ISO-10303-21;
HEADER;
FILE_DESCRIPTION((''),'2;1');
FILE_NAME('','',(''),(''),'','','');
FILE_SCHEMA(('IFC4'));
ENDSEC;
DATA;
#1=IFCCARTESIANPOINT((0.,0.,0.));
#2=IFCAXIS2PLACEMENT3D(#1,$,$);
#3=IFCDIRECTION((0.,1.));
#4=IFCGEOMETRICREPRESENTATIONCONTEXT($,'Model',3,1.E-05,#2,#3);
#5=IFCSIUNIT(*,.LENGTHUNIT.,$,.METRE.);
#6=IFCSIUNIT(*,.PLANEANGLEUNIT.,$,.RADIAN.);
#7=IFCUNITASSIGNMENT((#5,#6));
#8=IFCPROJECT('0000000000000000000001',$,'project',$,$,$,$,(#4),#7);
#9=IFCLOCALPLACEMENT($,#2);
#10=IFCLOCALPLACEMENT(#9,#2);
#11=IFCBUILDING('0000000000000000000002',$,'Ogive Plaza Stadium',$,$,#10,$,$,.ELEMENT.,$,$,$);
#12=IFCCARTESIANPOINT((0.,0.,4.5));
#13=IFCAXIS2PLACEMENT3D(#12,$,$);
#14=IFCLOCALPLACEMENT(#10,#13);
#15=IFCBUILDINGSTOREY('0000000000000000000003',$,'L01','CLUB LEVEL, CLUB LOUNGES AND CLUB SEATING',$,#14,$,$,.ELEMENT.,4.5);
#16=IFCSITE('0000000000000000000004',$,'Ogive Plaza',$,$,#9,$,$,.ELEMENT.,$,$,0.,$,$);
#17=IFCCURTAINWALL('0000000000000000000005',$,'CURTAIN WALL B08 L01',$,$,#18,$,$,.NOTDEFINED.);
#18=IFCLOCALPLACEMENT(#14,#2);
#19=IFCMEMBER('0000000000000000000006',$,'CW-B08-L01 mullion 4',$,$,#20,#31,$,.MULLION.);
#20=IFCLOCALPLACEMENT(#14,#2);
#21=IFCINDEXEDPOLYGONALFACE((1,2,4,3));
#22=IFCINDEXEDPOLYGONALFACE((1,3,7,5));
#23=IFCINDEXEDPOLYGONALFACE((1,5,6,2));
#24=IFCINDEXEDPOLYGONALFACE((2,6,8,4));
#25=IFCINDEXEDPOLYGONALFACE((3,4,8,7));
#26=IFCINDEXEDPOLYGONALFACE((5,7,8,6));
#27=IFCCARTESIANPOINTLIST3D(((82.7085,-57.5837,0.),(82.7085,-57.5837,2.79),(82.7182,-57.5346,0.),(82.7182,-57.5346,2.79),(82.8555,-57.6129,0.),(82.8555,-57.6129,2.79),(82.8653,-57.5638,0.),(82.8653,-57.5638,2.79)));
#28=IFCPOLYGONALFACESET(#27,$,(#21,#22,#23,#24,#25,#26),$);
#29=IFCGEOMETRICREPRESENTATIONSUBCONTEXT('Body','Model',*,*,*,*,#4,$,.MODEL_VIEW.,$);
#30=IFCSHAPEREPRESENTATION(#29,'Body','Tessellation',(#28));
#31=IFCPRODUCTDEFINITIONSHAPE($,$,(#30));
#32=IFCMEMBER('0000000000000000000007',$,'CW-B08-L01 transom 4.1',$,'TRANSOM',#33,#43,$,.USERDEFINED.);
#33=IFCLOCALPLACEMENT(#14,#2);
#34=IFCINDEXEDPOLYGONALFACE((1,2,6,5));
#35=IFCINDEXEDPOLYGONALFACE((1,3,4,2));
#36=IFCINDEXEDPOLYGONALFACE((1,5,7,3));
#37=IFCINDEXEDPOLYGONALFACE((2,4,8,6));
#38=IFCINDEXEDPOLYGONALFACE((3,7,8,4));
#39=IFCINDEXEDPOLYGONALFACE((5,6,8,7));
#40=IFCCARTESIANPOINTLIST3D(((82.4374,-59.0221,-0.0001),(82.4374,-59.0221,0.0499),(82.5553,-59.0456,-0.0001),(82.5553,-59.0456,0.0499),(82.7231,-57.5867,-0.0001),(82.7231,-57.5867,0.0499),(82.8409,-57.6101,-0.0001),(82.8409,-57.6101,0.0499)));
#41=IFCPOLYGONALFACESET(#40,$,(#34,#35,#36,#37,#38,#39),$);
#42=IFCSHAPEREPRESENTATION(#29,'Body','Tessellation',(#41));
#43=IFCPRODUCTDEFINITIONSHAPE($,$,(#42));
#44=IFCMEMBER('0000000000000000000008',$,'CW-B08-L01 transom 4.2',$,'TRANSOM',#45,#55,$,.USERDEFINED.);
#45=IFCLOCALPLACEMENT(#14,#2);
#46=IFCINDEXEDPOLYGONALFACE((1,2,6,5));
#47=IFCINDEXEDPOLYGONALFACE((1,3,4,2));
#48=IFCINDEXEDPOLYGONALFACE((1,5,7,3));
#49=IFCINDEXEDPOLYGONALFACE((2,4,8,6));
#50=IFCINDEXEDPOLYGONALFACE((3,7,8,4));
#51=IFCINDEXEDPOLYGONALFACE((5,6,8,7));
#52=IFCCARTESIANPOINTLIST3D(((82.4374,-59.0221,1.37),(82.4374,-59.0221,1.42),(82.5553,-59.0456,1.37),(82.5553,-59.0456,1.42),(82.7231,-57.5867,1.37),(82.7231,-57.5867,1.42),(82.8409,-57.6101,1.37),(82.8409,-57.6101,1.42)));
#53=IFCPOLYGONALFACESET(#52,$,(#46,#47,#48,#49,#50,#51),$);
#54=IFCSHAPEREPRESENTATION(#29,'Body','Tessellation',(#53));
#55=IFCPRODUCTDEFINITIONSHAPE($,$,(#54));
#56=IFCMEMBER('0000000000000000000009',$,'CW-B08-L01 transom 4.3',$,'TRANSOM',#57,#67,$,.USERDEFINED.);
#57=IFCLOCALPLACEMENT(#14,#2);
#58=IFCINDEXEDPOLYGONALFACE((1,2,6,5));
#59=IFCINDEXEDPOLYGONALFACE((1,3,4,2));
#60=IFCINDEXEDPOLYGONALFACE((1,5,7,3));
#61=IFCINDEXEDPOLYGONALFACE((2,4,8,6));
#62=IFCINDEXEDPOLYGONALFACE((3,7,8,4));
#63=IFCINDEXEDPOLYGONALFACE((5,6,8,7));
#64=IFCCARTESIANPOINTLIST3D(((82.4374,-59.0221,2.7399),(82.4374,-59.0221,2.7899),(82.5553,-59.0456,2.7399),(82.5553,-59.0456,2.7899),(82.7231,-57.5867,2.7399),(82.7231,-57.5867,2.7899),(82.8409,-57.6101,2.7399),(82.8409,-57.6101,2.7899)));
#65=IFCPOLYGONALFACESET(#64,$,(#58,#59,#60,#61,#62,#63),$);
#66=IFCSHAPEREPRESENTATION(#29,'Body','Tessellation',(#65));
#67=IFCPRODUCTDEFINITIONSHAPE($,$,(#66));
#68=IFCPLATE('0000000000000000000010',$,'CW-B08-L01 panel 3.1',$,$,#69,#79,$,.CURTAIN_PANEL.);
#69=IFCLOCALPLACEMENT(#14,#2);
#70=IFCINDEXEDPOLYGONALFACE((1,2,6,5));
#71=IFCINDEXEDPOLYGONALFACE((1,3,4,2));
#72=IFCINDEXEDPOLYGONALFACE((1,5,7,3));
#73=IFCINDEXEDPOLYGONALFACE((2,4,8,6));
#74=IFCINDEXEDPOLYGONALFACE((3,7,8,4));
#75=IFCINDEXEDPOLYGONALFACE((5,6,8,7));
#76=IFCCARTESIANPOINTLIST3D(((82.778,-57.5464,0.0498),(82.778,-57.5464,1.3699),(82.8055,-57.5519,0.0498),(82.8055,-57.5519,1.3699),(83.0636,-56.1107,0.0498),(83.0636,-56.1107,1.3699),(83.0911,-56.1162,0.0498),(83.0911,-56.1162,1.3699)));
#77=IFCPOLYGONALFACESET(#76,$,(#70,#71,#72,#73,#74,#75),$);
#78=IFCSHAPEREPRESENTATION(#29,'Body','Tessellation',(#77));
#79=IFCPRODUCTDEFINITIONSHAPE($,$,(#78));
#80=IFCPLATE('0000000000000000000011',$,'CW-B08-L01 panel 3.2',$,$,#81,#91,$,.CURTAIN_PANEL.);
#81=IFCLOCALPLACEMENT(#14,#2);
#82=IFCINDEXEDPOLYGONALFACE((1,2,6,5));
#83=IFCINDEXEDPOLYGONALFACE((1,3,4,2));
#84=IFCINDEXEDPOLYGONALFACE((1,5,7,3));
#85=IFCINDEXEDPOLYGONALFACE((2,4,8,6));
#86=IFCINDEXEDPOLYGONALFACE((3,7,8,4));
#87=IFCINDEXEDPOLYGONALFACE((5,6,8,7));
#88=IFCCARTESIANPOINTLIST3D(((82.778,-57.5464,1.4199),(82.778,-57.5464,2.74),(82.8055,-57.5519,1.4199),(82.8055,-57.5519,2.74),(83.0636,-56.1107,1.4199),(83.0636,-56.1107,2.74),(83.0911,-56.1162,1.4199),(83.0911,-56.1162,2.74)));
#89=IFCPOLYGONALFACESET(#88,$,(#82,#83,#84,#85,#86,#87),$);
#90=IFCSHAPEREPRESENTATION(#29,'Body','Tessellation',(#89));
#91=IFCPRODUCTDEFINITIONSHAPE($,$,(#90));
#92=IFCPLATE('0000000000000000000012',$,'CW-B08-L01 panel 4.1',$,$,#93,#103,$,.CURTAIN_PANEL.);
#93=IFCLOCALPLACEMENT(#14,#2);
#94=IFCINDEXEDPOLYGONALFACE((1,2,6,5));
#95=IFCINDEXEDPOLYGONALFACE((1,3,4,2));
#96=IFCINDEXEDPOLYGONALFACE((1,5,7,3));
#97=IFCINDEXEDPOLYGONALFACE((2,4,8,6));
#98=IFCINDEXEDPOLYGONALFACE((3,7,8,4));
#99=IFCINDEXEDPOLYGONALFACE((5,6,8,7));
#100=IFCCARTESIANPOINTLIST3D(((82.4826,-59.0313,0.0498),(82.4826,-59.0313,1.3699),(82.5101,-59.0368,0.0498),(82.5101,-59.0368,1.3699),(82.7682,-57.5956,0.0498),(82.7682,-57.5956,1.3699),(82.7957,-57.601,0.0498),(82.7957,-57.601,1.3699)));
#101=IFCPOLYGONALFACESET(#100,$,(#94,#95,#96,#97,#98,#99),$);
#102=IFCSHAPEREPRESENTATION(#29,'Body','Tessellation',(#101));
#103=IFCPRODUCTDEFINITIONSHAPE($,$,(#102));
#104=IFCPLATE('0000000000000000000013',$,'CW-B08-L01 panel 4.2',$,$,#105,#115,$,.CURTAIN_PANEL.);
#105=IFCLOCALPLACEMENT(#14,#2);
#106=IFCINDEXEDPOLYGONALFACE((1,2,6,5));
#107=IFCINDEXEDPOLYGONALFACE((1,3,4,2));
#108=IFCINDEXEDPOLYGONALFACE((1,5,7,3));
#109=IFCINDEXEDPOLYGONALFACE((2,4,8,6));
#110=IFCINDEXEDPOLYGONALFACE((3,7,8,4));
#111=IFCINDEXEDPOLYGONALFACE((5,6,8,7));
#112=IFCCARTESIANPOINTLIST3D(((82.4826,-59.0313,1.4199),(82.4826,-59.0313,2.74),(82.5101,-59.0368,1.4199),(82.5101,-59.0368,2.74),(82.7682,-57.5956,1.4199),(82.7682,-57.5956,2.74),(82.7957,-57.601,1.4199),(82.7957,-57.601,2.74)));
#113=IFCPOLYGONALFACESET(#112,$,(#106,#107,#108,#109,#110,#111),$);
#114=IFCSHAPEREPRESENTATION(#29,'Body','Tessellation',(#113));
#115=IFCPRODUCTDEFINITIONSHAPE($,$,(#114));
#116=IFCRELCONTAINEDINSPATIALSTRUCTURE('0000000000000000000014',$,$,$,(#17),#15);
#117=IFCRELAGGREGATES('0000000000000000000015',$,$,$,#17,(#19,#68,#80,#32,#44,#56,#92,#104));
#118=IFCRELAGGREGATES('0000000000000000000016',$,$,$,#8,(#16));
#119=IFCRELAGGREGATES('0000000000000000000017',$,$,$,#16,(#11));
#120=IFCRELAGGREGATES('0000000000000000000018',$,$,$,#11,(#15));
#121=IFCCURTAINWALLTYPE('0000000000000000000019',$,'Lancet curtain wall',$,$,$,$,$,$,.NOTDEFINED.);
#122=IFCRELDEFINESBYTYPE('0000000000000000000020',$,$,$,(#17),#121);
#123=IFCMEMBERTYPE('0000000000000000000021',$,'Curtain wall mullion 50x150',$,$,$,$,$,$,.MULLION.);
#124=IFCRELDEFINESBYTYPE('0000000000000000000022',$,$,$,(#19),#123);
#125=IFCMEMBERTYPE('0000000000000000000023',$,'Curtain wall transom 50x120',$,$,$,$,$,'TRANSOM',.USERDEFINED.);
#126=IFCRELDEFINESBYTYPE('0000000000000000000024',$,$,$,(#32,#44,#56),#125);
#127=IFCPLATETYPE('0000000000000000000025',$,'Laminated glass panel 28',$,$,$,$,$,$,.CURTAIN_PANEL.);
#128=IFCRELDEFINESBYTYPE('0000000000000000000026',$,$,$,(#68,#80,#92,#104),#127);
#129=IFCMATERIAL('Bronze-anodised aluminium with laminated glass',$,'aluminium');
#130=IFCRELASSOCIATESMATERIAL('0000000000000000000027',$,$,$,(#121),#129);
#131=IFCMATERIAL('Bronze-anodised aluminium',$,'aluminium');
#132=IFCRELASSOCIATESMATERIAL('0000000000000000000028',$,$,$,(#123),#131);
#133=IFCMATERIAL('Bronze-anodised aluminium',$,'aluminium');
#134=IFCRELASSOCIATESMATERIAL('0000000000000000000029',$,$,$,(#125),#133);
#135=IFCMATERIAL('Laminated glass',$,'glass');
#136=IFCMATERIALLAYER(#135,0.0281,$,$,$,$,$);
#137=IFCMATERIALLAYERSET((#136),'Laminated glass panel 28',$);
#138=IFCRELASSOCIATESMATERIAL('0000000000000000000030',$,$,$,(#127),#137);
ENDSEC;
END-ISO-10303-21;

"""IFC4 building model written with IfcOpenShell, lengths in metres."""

from ifc_helpers import new_model, si_unit, direction, frame, origin, origin_2d, place, context, subcontext, project, spatial, rectangle, extrude, material, layer, layer_set, material_profile, profile_set, type_object, element, aggregate, save


model = new_model("IFC4")

# Units and contexts
model_context = context("Model", 3, precision=1e-05, world=origin(), true_north=direction((0.0, 1.0)))
body_context = subcontext(model_context, "Body", "Model", "MODEL_VIEW")
ifc_project = project(units=[si_unit("LENGTHUNIT", "METRE"), si_unit("PLANEANGLEUNIT", "RADIAN")], contexts=[model_context])

# Site, building, storey
site_placement = place(None, origin())
site = spatial("IfcSite", under=ifc_project, at=site_placement, Name="Ogive Plaza", CompositionType="ELEMENT", RefElevation=0.0)
building_placement = place(site_placement, origin())
building = spatial("IfcBuilding", under=site, at=building_placement, Name="Ogive Plaza Stadium", CompositionType="ELEMENT")
storey_placement = place(building_placement, frame((0.0, 0.0, 4.5)))
storey = spatial("IfcBuildingStorey", under=building, at=storey_placement, Name="L01", Description="CLUB LEVEL, CLUB LOUNGES AND CLUB SEATING", CompositionType="ELEMENT", Elevation=4.5)

# Curtain wall, members, plates
ifc_material_1 = material(Name="Bronze-anodised aluminium with laminated glass", Category="aluminium")
curtain_wall_type = type_object("IfcCurtainWallType", Name="Lancet curtain wall", PredefinedType="NOTDEFINED", material=ifc_material_1)
curtain_wall_placement = place(storey_placement, origin())
curtain_wall = element("IfcCurtainWall", 1, at=curtain_wall_placement, inside=storey, type_object=curtain_wall_type, Name="CURTAIN WALL B08 L01", PredefinedType="NOTDEFINED")
ifc_material_2 = material(Name="Bronze-anodised aluminium", Category="aluminium")
ifc_material_profile_1 = material_profile(ifc_material_2, rectangle(XDim=0.1499, YDim=0.05, at=origin_2d()), Name="AL 150x50")
ifc_profile_set_1 = profile_set([ifc_material_profile_1], Name="Bronze-anodised aluminium")
member_type_1 = type_object("IfcMemberType", Name="Curtain wall mullion 50x150", PredefinedType="MULLION", material=ifc_profile_set_1)
member_1_placement = place(storey_placement, frame((82.7869, -57.5737, 0.0), z_axis=(0.0, 0.0, 1.0), x_axis=(0.980785, -0.19509, 0.0)))
member_1 = element("IfcMember", 2, at=member_1_placement, type_object=member_type_1, Name="CW-B08-L01 mullion 4", PredefinedType="MULLION", context=body_context, shape_type="SweptSolid", body=[
    extrude(rectangle(XDim=0.1499, YDim=0.05, at=origin_2d()), origin(), (0.0, 0.0, 1.0), 2.79),
])
ifc_material_3 = material(Name="Bronze-anodised aluminium", Category="aluminium")
ifc_material_profile_2 = material_profile(ifc_material_3, rectangle(XDim=0.1201, YDim=0.05, at=origin_2d()), Name="AL 120x50")
ifc_profile_set_2 = profile_set([ifc_material_profile_2], Name="Bronze-anodised aluminium")
member_type_2 = type_object("IfcMemberType", Name="Curtain wall transom 50x120", ElementType="TRANSOM", PredefinedType="USERDEFINED", material=ifc_profile_set_2)
member_2_placement = place(storey_placement, frame((82.782, -57.5984, 0.0249), z_axis=(-0.195154, -0.980773, 0.0), x_axis=(0.980773, -0.195154, 0.0)))
member_2 = element("IfcMember", 3, at=member_2_placement, type_object=member_type_2, Name="CW-B08-L01 transom 4.1", ObjectType="TRANSOM", PredefinedType="USERDEFINED", context=body_context, shape_type="SweptSolid", body=[
    extrude(rectangle(XDim=0.1201, YDim=0.05, at=origin_2d()), origin(), (0.0, 0.0, 1.0), 1.4636),
])
member_3_placement = place(storey_placement, frame((82.782, -57.5984, 1.395), z_axis=(-0.195154, -0.980773, 0.0), x_axis=(0.980773, -0.195154, 0.0)))
member_3 = element("IfcMember", 4, at=member_3_placement, type_object=member_type_2, Name="CW-B08-L01 transom 4.2", ObjectType="TRANSOM", PredefinedType="USERDEFINED", context=body_context, shape_type="SweptSolid", body=[
    extrude(rectangle(XDim=0.1201, YDim=0.05, at=origin_2d()), origin(), (0.0, 0.0, 1.0), 1.4636),
])
member_4_placement = place(storey_placement, frame((82.782, -57.5984, 2.7649), z_axis=(-0.195154, -0.980773, 0.0), x_axis=(0.980773, -0.195154, 0.0)))
member_4 = element("IfcMember", 5, at=member_4_placement, type_object=member_type_2, Name="CW-B08-L01 transom 4.3", ObjectType="TRANSOM", PredefinedType="USERDEFINED", context=body_context, shape_type="SweptSolid", body=[
    extrude(rectangle(XDim=0.1201, YDim=0.05, at=origin_2d()), origin(), (0.0, 0.0, 1.0), 1.4636),
])
ifc_material_4 = material(Name="Laminated glass", Category="glass")
ifc_layer = layer(ifc_material_4, 0.0281)
ifc_layer_set = layer_set([ifc_layer], Name="Laminated glass panel 28")
plate_type = type_object("IfcPlateType", Name="Laminated glass panel 28", PredefinedType="CURTAIN_PANEL", material=ifc_layer_set)
plate_1_placement = place(storey_placement, frame((82.9346, -56.8313, 0.0498), z_axis=(0.0, 0.0, 1.0), x_axis=(-0.19509, -0.980785, 0.0)))
plate_1 = element("IfcPlate", 6, at=plate_1_placement, type_object=plate_type, Name="CW-B08-L01 panel 3.1", PredefinedType="CURTAIN_PANEL", context=body_context, shape_type="SweptSolid", body=[
    extrude(rectangle(XDim=1.4639, YDim=0.0281, at=origin_2d()), origin(), (0.0, 0.0, 1.0), 1.3201),
])
plate_2_placement = place(storey_placement, frame((82.9346, -56.8313, 1.4199), z_axis=(0.0, 0.0, 1.0), x_axis=(-0.19509, -0.980785, 0.0)))
plate_2 = element("IfcPlate", 7, at=plate_2_placement, type_object=plate_type, Name="CW-B08-L01 panel 3.2", PredefinedType="CURTAIN_PANEL", context=body_context, shape_type="SweptSolid", body=[
    extrude(rectangle(XDim=1.4639, YDim=0.0281, at=origin_2d()), origin(), (0.0, 0.0, 1.0), 1.3201),
])
plate_3_placement = place(storey_placement, frame((82.6392, -58.3162, 0.0498), z_axis=(0.0, 0.0, 1.0), x_axis=(-0.19509, -0.980785, 0.0)))
plate_3 = element("IfcPlate", 8, at=plate_3_placement, type_object=plate_type, Name="CW-B08-L01 panel 4.1", PredefinedType="CURTAIN_PANEL", context=body_context, shape_type="SweptSolid", body=[
    extrude(rectangle(XDim=1.4639, YDim=0.0281, at=origin_2d()), origin(), (0.0, 0.0, 1.0), 1.3201),
])
plate_4_placement = place(storey_placement, frame((82.6392, -58.3162, 1.4199), z_axis=(0.0, 0.0, 1.0), x_axis=(-0.19509, -0.980785, 0.0)))
plate_4 = element("IfcPlate", 9, at=plate_4_placement, type_object=plate_type, Name="CW-B08-L01 panel 4.2", PredefinedType="CURTAIN_PANEL", context=body_context, shape_type="SweptSolid", body=[
    extrude(rectangle(XDim=1.4639, YDim=0.0281, at=origin_2d()), origin(), (0.0, 0.0, 1.0), 1.3201),
])
aggregate(curtain_wall, [member_1, plate_1, plate_2, member_2, member_3, member_4, plate_3, plate_4])

save(model, "model.ifc")
